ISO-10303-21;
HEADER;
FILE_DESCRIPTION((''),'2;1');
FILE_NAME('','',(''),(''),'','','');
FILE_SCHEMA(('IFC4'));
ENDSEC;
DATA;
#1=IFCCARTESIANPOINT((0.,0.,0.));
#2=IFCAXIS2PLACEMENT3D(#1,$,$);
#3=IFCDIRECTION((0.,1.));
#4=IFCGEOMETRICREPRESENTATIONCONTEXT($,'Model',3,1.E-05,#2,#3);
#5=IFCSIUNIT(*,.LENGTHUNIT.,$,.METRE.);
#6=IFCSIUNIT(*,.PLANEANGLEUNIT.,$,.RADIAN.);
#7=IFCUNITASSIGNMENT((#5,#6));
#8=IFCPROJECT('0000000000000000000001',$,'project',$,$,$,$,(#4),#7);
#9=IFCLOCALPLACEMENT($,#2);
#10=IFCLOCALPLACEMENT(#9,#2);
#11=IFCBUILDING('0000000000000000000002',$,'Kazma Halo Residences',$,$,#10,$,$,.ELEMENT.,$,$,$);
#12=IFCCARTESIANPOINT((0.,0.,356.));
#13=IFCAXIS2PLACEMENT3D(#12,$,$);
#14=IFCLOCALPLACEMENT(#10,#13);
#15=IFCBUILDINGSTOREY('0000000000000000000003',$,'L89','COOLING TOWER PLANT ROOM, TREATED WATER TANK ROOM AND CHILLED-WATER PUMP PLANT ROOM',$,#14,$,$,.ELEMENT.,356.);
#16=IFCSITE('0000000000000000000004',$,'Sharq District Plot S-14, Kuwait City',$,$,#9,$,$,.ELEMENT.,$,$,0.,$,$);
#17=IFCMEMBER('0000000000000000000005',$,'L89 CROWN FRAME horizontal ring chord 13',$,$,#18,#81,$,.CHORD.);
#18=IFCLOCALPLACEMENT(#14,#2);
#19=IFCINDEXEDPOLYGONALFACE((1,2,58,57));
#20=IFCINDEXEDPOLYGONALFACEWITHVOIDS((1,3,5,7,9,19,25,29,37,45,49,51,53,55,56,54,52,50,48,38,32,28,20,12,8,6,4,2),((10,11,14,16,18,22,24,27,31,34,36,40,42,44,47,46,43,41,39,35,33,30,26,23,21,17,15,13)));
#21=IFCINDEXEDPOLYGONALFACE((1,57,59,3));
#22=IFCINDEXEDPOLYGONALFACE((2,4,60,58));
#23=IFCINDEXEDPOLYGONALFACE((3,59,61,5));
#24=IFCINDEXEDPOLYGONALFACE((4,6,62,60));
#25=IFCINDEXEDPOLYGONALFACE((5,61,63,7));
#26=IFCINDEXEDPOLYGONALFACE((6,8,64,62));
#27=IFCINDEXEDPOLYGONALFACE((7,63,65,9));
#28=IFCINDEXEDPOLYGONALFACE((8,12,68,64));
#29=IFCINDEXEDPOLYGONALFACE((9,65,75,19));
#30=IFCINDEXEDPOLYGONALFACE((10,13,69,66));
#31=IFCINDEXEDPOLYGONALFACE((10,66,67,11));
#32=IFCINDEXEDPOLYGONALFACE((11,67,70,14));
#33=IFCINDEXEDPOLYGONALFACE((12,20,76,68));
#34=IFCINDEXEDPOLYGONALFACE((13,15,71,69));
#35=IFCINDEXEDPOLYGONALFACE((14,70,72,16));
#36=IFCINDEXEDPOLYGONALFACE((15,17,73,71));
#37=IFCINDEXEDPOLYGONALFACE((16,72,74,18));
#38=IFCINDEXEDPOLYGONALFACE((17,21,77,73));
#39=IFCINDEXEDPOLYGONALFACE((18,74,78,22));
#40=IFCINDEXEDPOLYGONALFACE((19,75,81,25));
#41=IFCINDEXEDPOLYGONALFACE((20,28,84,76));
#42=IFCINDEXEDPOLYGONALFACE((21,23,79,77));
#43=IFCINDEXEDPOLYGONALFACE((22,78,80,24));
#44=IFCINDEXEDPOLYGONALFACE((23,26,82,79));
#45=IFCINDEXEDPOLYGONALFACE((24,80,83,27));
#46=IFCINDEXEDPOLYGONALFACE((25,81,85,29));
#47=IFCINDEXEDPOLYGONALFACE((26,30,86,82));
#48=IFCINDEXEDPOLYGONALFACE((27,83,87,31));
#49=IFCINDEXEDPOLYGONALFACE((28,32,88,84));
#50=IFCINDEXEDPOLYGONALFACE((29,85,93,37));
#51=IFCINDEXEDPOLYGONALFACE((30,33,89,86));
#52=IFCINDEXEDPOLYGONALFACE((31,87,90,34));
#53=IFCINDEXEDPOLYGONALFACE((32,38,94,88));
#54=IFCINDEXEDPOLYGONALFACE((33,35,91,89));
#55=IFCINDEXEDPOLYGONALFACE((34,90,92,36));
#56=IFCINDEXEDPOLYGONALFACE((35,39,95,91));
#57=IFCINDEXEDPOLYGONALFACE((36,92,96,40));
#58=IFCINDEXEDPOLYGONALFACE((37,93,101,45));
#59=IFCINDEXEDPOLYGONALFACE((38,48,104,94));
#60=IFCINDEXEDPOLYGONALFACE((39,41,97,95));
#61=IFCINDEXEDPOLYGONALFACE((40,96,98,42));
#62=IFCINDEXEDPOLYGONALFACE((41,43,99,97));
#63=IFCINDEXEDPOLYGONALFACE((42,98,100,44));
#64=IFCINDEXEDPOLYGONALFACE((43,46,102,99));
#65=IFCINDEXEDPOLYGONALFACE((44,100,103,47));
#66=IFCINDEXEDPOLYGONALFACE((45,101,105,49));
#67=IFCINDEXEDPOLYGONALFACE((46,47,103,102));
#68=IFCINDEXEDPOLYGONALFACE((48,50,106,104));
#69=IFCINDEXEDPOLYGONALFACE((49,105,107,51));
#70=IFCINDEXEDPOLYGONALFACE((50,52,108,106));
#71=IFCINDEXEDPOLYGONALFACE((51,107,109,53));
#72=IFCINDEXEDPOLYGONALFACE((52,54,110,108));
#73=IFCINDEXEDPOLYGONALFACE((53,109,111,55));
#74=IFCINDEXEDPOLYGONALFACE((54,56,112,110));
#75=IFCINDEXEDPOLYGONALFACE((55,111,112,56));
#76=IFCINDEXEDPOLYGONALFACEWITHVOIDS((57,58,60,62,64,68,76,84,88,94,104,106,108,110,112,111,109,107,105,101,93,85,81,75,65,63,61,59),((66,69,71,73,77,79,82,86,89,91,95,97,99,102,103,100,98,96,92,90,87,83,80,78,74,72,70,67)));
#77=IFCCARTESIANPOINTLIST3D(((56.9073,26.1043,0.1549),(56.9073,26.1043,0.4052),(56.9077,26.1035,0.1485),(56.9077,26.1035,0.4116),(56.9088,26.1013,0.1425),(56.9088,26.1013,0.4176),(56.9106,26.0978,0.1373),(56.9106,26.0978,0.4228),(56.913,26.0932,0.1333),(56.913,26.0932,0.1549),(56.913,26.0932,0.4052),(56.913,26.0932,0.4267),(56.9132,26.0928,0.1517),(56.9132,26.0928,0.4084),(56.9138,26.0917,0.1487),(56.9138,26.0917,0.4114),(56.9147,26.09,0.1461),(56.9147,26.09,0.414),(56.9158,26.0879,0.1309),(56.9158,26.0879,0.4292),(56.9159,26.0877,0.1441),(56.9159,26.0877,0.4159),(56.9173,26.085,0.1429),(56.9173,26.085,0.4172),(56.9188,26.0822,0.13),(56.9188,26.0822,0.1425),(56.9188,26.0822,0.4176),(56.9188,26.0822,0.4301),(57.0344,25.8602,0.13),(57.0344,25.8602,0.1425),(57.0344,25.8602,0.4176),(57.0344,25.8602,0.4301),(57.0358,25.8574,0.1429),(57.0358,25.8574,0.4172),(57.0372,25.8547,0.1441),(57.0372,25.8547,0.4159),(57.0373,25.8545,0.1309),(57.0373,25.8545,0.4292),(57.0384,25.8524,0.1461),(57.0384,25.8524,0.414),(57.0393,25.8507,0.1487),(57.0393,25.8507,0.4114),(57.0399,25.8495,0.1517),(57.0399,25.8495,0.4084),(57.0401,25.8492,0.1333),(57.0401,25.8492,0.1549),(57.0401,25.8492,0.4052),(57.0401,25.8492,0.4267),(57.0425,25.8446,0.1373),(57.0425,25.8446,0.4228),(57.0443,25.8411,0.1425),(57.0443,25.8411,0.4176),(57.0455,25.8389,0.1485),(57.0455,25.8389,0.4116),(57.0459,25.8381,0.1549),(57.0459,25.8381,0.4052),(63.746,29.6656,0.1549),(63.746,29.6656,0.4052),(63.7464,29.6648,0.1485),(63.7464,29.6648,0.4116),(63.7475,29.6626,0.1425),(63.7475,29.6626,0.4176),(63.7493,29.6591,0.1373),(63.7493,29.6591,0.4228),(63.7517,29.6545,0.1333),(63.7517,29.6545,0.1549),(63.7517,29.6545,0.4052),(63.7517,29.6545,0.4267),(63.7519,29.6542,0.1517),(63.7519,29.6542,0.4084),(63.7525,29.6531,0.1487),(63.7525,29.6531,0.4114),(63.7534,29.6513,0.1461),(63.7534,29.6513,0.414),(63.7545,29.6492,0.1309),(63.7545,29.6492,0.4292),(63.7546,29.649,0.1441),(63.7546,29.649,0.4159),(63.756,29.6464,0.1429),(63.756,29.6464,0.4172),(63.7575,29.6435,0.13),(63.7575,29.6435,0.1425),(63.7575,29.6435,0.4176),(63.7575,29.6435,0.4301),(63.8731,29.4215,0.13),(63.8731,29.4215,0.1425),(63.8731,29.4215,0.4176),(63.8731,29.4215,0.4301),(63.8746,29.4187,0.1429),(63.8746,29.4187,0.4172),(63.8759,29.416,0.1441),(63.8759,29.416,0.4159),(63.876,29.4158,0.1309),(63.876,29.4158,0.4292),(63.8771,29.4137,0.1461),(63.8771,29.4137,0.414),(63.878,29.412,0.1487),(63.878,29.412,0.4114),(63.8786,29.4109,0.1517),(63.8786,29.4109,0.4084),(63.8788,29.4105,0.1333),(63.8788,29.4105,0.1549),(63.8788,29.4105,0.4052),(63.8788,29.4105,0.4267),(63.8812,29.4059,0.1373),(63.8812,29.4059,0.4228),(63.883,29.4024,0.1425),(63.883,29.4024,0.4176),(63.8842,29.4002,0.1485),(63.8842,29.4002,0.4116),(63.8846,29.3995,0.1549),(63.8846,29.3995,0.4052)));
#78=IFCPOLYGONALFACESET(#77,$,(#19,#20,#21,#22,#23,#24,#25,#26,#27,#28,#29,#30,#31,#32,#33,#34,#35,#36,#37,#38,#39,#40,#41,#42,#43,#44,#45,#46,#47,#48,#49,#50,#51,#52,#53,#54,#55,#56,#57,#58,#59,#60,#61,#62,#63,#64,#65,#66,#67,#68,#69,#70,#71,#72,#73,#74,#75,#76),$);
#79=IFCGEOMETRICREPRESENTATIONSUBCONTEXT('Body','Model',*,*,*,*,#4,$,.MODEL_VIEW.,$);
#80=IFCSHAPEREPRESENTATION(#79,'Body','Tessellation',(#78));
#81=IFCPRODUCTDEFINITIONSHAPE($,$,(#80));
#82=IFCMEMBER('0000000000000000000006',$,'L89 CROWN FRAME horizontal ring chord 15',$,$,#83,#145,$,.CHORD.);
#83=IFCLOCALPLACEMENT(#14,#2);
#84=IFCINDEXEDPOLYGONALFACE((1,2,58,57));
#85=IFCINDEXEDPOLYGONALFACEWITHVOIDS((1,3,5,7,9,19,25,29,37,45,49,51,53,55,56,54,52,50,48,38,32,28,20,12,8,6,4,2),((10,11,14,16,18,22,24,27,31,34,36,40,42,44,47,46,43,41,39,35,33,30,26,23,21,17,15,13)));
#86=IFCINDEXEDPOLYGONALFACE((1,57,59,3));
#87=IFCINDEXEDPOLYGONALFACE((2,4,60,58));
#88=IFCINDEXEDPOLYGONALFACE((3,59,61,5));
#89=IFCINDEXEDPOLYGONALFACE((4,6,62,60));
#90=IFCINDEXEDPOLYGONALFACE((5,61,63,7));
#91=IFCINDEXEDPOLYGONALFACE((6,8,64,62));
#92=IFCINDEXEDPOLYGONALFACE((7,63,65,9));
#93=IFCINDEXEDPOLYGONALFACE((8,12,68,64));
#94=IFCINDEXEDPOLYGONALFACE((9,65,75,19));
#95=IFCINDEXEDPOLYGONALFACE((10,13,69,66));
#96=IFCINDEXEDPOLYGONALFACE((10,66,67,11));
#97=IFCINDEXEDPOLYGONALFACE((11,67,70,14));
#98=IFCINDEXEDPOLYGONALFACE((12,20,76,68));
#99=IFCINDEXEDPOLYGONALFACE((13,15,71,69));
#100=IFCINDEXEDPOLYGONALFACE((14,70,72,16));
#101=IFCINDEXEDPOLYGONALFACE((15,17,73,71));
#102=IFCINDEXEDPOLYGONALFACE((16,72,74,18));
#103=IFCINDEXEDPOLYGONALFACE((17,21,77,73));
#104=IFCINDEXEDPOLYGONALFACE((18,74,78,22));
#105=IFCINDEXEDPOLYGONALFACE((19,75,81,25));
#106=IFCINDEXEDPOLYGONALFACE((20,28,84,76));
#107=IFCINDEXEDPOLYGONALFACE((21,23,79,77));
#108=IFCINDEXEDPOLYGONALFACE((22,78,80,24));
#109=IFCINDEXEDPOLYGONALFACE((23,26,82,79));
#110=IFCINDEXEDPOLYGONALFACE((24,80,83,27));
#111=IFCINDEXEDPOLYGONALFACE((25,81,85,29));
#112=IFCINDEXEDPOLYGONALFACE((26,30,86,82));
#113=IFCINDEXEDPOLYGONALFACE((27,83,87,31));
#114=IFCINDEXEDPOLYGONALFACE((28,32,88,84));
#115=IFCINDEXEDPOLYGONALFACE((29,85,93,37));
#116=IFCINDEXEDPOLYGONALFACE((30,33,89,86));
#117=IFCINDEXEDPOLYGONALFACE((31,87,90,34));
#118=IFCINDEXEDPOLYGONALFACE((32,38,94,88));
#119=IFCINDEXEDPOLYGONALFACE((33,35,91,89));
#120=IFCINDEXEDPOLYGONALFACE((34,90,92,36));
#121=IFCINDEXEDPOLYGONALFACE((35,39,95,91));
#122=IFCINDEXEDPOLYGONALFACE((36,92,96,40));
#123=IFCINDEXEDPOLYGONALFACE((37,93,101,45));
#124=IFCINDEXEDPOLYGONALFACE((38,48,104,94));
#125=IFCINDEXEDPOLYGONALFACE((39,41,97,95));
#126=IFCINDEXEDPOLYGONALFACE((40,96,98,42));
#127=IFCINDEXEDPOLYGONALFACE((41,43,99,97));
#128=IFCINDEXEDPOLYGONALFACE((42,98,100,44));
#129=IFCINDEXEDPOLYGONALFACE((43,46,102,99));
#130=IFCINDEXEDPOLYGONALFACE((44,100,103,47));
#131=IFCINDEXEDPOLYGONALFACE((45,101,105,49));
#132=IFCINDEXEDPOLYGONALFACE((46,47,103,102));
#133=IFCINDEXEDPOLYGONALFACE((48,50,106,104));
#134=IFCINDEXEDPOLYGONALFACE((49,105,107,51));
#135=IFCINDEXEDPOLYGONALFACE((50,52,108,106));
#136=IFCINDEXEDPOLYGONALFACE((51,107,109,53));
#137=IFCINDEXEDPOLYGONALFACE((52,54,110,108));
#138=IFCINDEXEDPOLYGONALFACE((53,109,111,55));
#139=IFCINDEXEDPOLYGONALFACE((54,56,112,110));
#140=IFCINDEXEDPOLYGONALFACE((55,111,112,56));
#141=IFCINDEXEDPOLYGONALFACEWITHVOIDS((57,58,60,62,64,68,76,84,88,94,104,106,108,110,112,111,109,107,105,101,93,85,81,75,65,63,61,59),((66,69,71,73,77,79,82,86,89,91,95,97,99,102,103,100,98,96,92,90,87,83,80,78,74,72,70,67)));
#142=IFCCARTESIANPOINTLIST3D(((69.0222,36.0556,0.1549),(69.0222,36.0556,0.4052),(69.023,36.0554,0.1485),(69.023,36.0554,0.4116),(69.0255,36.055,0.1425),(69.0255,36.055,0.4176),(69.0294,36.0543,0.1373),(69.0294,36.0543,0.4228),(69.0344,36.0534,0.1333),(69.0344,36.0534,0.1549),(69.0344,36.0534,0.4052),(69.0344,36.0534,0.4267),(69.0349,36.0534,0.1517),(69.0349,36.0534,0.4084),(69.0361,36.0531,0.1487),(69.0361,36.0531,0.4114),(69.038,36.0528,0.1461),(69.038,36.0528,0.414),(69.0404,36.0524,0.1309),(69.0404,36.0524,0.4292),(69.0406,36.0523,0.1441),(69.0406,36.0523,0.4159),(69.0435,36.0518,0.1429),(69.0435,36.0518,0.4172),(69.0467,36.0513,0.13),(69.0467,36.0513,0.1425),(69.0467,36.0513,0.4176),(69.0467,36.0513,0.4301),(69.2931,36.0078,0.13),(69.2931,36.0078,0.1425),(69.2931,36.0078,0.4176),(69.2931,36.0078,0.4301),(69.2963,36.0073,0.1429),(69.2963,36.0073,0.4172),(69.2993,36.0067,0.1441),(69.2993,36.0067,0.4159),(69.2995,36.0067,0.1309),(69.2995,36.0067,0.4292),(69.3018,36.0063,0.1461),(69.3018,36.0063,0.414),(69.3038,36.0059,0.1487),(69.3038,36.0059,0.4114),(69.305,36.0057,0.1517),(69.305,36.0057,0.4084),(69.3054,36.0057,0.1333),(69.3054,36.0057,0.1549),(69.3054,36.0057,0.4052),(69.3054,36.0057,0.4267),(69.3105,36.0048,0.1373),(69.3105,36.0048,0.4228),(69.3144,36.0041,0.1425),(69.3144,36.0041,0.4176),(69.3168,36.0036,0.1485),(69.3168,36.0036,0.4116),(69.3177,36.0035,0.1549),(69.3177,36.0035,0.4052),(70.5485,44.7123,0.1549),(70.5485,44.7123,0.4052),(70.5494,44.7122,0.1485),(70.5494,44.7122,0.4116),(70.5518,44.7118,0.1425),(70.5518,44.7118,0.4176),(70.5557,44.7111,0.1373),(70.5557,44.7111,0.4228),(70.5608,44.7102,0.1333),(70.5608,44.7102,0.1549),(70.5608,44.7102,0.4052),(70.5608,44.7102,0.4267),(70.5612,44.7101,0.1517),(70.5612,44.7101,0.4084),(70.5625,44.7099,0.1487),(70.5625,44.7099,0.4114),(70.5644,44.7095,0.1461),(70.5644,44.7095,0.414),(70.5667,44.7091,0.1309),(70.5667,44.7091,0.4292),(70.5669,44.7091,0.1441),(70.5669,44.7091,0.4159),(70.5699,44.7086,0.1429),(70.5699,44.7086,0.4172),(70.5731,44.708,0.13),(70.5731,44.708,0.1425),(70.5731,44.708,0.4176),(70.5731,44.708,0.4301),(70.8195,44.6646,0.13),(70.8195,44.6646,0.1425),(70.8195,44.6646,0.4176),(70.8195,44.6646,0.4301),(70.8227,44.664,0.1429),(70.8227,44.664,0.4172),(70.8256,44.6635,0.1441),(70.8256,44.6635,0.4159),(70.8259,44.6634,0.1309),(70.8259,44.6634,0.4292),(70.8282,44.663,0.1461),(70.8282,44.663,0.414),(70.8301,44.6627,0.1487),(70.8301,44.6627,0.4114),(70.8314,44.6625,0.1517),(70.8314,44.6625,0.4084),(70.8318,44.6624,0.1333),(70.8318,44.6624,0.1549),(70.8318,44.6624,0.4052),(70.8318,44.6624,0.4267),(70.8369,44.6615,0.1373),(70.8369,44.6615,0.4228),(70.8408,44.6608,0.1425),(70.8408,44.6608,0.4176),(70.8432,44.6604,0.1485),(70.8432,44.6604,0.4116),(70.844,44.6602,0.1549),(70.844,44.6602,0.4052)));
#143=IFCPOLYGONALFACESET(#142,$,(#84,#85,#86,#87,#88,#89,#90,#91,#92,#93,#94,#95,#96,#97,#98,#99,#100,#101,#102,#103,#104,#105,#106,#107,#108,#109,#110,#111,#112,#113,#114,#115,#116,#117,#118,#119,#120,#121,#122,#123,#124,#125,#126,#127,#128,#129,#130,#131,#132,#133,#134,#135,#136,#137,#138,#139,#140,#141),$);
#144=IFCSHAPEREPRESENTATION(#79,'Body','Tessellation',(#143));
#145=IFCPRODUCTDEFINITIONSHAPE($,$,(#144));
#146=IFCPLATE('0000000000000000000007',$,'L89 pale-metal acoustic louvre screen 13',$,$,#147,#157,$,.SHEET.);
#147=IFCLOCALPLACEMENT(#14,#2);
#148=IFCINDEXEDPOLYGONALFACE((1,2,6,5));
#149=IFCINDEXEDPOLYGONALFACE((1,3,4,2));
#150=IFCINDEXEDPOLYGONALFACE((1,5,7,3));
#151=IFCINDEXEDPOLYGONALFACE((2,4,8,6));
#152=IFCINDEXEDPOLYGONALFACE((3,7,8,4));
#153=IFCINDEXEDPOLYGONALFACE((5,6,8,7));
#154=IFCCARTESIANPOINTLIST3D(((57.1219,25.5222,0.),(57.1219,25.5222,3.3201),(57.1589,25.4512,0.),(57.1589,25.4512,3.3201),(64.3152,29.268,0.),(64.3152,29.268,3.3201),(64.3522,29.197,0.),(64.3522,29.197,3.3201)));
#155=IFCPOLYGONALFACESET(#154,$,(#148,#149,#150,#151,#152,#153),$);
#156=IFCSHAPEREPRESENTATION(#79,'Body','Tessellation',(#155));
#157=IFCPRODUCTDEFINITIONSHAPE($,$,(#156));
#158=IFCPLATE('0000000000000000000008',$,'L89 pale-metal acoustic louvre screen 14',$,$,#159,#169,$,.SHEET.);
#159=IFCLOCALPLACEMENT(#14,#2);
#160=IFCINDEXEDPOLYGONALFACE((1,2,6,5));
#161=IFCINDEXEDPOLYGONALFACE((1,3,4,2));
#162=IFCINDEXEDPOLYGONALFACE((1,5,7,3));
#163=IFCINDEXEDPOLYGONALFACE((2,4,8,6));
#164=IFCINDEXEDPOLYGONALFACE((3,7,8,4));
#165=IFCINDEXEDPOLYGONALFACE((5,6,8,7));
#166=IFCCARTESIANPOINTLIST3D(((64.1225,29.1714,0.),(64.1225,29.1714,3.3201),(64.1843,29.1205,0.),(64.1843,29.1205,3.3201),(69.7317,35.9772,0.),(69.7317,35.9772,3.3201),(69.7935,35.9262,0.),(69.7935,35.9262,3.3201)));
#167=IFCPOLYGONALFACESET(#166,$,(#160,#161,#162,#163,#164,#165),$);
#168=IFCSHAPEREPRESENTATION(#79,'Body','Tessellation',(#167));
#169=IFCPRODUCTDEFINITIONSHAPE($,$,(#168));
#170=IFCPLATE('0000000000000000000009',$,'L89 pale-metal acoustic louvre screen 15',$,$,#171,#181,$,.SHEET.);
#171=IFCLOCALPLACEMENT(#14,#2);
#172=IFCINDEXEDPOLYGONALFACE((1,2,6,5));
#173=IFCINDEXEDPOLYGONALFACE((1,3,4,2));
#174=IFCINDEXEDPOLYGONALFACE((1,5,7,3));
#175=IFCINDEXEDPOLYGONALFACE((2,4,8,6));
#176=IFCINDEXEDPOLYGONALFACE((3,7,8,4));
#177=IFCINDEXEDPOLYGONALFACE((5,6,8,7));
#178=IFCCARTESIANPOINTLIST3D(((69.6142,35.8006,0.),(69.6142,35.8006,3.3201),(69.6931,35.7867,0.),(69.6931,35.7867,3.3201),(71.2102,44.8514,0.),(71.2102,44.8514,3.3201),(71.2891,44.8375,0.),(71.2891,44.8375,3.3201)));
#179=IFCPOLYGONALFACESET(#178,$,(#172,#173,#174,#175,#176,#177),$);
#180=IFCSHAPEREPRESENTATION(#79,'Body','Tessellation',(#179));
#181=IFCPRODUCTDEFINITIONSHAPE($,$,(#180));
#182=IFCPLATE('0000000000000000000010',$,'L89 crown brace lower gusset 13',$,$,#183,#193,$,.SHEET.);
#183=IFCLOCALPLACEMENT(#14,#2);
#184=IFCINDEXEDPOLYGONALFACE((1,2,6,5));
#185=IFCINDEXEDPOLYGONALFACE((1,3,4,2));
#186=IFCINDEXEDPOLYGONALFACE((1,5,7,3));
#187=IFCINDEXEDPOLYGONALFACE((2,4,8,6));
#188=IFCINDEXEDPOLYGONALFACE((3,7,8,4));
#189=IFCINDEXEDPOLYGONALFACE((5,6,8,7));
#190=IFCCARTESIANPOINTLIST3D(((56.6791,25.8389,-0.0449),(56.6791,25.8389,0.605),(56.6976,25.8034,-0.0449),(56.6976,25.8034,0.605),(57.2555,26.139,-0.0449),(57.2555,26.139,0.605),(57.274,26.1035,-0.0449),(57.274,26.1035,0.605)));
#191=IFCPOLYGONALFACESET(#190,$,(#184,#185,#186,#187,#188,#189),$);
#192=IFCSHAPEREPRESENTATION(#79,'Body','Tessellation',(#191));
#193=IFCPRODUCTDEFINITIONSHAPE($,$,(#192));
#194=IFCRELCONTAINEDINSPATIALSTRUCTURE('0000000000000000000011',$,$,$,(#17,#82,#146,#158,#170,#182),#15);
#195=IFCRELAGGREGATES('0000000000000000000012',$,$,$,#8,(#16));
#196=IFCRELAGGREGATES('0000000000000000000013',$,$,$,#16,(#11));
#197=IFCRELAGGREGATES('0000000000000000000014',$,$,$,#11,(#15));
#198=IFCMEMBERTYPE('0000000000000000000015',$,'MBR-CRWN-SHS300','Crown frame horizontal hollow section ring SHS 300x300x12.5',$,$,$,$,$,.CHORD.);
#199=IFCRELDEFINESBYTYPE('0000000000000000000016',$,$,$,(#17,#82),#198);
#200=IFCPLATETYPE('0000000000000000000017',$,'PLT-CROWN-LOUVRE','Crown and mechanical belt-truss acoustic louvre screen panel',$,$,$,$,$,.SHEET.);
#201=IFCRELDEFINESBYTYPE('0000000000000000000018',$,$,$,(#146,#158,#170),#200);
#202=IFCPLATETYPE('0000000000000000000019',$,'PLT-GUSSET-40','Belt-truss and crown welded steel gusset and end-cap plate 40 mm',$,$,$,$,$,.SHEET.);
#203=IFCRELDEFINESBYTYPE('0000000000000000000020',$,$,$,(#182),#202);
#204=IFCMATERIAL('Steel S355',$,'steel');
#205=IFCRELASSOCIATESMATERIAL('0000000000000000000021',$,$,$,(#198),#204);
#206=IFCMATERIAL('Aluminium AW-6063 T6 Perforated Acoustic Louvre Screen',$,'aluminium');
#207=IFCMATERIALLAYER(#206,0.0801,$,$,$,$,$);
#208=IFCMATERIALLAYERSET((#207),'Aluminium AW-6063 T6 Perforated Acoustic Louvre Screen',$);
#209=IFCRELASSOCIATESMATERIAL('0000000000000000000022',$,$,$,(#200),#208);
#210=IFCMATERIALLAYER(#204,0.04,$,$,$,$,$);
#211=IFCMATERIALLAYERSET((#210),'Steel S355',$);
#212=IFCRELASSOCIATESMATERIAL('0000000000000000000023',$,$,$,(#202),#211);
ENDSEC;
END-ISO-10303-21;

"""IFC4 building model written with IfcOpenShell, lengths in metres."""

from ifc_helpers import new_model, si_unit, direction, frame, origin, origin_2d, place, context, subcontext, project, spatial, rectangle, hollow_rectangle, extrude, material, layer, layer_set, material_profile, profile_set, type_object, element, save


model = new_model("IFC4")

# Units and contexts
model_context = context("Model", 3, precision=1e-05, world=origin(), true_north=direction((0.0, 1.0)))
body_context = subcontext(model_context, "Body", "Model", "MODEL_VIEW")
ifc_project = project(units=[si_unit("LENGTHUNIT", "METRE"), si_unit("PLANEANGLEUNIT", "RADIAN")], contexts=[model_context])

# Site, building, storey
site_placement = place(None, origin())
site = spatial("IfcSite", under=ifc_project, at=site_placement, Name="Sharq District Plot S-14, Kuwait City", CompositionType="ELEMENT", RefElevation=0.0)
building_placement = place(site_placement, origin())
building = spatial("IfcBuilding", under=site, at=building_placement, Name="Kazma Halo Residences", CompositionType="ELEMENT")
storey_placement = place(building_placement, frame((0.0, 0.0, 356.0)))
storey = spatial("IfcBuildingStorey", under=building, at=storey_placement, Name="L89", Description="COOLING TOWER PLANT ROOM, TREATED WATER TANK ROOM AND CHILLED-WATER PUMP PLANT ROOM", CompositionType="ELEMENT", Elevation=356.0)

# Shared definitions
ifc_material_1 = material(Name="Steel S355", Category="steel")

# Members
ifc_material_profile_1 = material_profile(ifc_material_1, hollow_rectangle(XDim=0.3, YDim=0.3, WallThickness=0.0125, InnerFilletRadius=0.0125, OuterFilletRadius=0.0249, at=origin_2d()), Name="SHS300x300x12.5")
ifc_profile_set_1 = profile_set([ifc_material_profile_1], Name="Steel S355")
member_type_1 = type_object("IfcMemberType", Name="MBR-CRWN-SHS300", Description="Crown frame horizontal hollow section ring SHS 300x300x12.5", PredefinedType="CHORD", material=ifc_profile_set_1)
member_1_placement = place(storey_placement, frame((56.9766, 25.9712, 0.28), z_axis=(0.886941, 0.461883, 0.0), x_axis=(-0.461883, 0.886941, 0.0)))
element("IfcMember", 1, at=member_1_placement, inside=storey, type_object=member_type_1, Name="L89 CROWN FRAME horizontal ring chord 13", PredefinedType="CHORD", context=body_context, shape_type="SweptSolid", body=[
    extrude(hollow_rectangle(XDim=0.3, YDim=0.3, WallThickness=0.0125, InnerFilletRadius=0.0125, OuterFilletRadius=0.0249, at=origin_2d()), origin(), (0.0, 0.0, 1.0), 7.7104),
])
member_2_placement = place(storey_placement, frame((69.1699, 36.0295, 0.28), z_axis=(0.173643, 0.984809, 0.0), x_axis=(-0.984809, 0.173643, 0.0)))
element("IfcMember", 2, at=member_2_placement, inside=storey, type_object=member_type_1, Name="L89 CROWN FRAME horizontal ring chord 15", PredefinedType="CHORD", context=body_context, shape_type="SweptSolid", body=[
    extrude(hollow_rectangle(XDim=0.3, YDim=0.3, WallThickness=0.0125, InnerFilletRadius=0.0125, OuterFilletRadius=0.0249, at=origin_2d()), origin(), (0.0, 0.0, 1.0), 8.7903),
])

# Plates
ifc_material_2 = material(Name="Aluminium AW-6063 T6 Perforated Acoustic Louvre Screen", Category="aluminium")
ifc_layer_1 = layer(ifc_material_2, 0.0801)
ifc_layer_set_1 = layer_set([ifc_layer_1], Name="Aluminium AW-6063 T6 Perforated Acoustic Louvre Screen")
plate_type_1 = type_object("IfcPlateType", Name="PLT-CROWN-LOUVRE", Description="Crown and mechanical belt-truss acoustic louvre screen panel", PredefinedType="SHEET", material=ifc_layer_set_1)
plate_1_placement = place(storey_placement, frame((60.7371, 27.3596, 0.0), z_axis=(0.0, 0.0, 1.0), x_axis=(0.88695, 0.461866, 0.0)))
element("IfcPlate", 3, at=plate_1_placement, inside=storey, type_object=plate_type_1, Name="L89 pale-metal acoustic louvre screen 13", PredefinedType="SHEET", context=body_context, shape_type="SweptSolid", body=[
    extrude(rectangle(XDim=8.1101, YDim=0.0801, at=origin_2d()), origin(), (0.0, 0.0, 1.0), 3.3201),
])
plate_2_placement = place(storey_placement, frame((66.958, 32.5488, 0.0), z_axis=(0.0, 0.0, 1.0), x_axis=(0.636008, 0.771683, 0.0)))
element("IfcPlate", 4, at=plate_2_placement, inside=storey, type_object=plate_type_1, Name="L89 pale-metal acoustic louvre screen 14", PredefinedType="SHEET", context=body_context, shape_type="SweptSolid", body=[
    extrude(rectangle(XDim=8.8193, YDim=0.0801, at=origin_2d()), origin(), (0.0, 0.0, 1.0), 3.3201),
])
plate_3_placement = place(storey_placement, frame((70.4517, 40.3191, 0.0), z_axis=(0.0, 0.0, 1.0), x_axis=(0.173656, 0.984806, 0.0)))
element("IfcPlate", 5, at=plate_3_placement, inside=storey, type_object=plate_type_1, Name="L89 pale-metal acoustic louvre screen 15", PredefinedType="SHEET", context=body_context, shape_type="SweptSolid", body=[
    extrude(rectangle(XDim=9.1904, YDim=0.0801, at=origin_2d()), origin(), (0.0, 0.0, 1.0), 3.3201),
])
ifc_layer_2 = layer(ifc_material_1, 0.04)
ifc_layer_set_2 = layer_set([ifc_layer_2], Name="Steel S355")
plate_type_2 = type_object("IfcPlateType", Name="PLT-GUSSET-40", Description="Belt-truss and crown welded steel gusset and end-cap plate 40 mm", PredefinedType="SHEET", material=ifc_layer_set_2)
for number, where, z_axis, x_axis, name in (
    (6, (56.9766, 25.9712, -0.0449), (0.0, 0.0, 1.0), (0.88695, 0.461866, 0.0), "L89 crown brace lower gusset 13"),
):
    element("IfcPlate", number, at=place(storey_placement, frame(where, z_axis=z_axis, x_axis=x_axis)), inside=storey, type_object=plate_type_2, Name=name, PredefinedType="SHEET", context=body_context, shape_type="SweptSolid", body=[
        extrude(rectangle(XDim=0.6499, YDim=0.04, at=origin_2d()), origin(), (0.0, 0.0, 1.0), 0.6499),
    ])

save(model, "model.ifc")
